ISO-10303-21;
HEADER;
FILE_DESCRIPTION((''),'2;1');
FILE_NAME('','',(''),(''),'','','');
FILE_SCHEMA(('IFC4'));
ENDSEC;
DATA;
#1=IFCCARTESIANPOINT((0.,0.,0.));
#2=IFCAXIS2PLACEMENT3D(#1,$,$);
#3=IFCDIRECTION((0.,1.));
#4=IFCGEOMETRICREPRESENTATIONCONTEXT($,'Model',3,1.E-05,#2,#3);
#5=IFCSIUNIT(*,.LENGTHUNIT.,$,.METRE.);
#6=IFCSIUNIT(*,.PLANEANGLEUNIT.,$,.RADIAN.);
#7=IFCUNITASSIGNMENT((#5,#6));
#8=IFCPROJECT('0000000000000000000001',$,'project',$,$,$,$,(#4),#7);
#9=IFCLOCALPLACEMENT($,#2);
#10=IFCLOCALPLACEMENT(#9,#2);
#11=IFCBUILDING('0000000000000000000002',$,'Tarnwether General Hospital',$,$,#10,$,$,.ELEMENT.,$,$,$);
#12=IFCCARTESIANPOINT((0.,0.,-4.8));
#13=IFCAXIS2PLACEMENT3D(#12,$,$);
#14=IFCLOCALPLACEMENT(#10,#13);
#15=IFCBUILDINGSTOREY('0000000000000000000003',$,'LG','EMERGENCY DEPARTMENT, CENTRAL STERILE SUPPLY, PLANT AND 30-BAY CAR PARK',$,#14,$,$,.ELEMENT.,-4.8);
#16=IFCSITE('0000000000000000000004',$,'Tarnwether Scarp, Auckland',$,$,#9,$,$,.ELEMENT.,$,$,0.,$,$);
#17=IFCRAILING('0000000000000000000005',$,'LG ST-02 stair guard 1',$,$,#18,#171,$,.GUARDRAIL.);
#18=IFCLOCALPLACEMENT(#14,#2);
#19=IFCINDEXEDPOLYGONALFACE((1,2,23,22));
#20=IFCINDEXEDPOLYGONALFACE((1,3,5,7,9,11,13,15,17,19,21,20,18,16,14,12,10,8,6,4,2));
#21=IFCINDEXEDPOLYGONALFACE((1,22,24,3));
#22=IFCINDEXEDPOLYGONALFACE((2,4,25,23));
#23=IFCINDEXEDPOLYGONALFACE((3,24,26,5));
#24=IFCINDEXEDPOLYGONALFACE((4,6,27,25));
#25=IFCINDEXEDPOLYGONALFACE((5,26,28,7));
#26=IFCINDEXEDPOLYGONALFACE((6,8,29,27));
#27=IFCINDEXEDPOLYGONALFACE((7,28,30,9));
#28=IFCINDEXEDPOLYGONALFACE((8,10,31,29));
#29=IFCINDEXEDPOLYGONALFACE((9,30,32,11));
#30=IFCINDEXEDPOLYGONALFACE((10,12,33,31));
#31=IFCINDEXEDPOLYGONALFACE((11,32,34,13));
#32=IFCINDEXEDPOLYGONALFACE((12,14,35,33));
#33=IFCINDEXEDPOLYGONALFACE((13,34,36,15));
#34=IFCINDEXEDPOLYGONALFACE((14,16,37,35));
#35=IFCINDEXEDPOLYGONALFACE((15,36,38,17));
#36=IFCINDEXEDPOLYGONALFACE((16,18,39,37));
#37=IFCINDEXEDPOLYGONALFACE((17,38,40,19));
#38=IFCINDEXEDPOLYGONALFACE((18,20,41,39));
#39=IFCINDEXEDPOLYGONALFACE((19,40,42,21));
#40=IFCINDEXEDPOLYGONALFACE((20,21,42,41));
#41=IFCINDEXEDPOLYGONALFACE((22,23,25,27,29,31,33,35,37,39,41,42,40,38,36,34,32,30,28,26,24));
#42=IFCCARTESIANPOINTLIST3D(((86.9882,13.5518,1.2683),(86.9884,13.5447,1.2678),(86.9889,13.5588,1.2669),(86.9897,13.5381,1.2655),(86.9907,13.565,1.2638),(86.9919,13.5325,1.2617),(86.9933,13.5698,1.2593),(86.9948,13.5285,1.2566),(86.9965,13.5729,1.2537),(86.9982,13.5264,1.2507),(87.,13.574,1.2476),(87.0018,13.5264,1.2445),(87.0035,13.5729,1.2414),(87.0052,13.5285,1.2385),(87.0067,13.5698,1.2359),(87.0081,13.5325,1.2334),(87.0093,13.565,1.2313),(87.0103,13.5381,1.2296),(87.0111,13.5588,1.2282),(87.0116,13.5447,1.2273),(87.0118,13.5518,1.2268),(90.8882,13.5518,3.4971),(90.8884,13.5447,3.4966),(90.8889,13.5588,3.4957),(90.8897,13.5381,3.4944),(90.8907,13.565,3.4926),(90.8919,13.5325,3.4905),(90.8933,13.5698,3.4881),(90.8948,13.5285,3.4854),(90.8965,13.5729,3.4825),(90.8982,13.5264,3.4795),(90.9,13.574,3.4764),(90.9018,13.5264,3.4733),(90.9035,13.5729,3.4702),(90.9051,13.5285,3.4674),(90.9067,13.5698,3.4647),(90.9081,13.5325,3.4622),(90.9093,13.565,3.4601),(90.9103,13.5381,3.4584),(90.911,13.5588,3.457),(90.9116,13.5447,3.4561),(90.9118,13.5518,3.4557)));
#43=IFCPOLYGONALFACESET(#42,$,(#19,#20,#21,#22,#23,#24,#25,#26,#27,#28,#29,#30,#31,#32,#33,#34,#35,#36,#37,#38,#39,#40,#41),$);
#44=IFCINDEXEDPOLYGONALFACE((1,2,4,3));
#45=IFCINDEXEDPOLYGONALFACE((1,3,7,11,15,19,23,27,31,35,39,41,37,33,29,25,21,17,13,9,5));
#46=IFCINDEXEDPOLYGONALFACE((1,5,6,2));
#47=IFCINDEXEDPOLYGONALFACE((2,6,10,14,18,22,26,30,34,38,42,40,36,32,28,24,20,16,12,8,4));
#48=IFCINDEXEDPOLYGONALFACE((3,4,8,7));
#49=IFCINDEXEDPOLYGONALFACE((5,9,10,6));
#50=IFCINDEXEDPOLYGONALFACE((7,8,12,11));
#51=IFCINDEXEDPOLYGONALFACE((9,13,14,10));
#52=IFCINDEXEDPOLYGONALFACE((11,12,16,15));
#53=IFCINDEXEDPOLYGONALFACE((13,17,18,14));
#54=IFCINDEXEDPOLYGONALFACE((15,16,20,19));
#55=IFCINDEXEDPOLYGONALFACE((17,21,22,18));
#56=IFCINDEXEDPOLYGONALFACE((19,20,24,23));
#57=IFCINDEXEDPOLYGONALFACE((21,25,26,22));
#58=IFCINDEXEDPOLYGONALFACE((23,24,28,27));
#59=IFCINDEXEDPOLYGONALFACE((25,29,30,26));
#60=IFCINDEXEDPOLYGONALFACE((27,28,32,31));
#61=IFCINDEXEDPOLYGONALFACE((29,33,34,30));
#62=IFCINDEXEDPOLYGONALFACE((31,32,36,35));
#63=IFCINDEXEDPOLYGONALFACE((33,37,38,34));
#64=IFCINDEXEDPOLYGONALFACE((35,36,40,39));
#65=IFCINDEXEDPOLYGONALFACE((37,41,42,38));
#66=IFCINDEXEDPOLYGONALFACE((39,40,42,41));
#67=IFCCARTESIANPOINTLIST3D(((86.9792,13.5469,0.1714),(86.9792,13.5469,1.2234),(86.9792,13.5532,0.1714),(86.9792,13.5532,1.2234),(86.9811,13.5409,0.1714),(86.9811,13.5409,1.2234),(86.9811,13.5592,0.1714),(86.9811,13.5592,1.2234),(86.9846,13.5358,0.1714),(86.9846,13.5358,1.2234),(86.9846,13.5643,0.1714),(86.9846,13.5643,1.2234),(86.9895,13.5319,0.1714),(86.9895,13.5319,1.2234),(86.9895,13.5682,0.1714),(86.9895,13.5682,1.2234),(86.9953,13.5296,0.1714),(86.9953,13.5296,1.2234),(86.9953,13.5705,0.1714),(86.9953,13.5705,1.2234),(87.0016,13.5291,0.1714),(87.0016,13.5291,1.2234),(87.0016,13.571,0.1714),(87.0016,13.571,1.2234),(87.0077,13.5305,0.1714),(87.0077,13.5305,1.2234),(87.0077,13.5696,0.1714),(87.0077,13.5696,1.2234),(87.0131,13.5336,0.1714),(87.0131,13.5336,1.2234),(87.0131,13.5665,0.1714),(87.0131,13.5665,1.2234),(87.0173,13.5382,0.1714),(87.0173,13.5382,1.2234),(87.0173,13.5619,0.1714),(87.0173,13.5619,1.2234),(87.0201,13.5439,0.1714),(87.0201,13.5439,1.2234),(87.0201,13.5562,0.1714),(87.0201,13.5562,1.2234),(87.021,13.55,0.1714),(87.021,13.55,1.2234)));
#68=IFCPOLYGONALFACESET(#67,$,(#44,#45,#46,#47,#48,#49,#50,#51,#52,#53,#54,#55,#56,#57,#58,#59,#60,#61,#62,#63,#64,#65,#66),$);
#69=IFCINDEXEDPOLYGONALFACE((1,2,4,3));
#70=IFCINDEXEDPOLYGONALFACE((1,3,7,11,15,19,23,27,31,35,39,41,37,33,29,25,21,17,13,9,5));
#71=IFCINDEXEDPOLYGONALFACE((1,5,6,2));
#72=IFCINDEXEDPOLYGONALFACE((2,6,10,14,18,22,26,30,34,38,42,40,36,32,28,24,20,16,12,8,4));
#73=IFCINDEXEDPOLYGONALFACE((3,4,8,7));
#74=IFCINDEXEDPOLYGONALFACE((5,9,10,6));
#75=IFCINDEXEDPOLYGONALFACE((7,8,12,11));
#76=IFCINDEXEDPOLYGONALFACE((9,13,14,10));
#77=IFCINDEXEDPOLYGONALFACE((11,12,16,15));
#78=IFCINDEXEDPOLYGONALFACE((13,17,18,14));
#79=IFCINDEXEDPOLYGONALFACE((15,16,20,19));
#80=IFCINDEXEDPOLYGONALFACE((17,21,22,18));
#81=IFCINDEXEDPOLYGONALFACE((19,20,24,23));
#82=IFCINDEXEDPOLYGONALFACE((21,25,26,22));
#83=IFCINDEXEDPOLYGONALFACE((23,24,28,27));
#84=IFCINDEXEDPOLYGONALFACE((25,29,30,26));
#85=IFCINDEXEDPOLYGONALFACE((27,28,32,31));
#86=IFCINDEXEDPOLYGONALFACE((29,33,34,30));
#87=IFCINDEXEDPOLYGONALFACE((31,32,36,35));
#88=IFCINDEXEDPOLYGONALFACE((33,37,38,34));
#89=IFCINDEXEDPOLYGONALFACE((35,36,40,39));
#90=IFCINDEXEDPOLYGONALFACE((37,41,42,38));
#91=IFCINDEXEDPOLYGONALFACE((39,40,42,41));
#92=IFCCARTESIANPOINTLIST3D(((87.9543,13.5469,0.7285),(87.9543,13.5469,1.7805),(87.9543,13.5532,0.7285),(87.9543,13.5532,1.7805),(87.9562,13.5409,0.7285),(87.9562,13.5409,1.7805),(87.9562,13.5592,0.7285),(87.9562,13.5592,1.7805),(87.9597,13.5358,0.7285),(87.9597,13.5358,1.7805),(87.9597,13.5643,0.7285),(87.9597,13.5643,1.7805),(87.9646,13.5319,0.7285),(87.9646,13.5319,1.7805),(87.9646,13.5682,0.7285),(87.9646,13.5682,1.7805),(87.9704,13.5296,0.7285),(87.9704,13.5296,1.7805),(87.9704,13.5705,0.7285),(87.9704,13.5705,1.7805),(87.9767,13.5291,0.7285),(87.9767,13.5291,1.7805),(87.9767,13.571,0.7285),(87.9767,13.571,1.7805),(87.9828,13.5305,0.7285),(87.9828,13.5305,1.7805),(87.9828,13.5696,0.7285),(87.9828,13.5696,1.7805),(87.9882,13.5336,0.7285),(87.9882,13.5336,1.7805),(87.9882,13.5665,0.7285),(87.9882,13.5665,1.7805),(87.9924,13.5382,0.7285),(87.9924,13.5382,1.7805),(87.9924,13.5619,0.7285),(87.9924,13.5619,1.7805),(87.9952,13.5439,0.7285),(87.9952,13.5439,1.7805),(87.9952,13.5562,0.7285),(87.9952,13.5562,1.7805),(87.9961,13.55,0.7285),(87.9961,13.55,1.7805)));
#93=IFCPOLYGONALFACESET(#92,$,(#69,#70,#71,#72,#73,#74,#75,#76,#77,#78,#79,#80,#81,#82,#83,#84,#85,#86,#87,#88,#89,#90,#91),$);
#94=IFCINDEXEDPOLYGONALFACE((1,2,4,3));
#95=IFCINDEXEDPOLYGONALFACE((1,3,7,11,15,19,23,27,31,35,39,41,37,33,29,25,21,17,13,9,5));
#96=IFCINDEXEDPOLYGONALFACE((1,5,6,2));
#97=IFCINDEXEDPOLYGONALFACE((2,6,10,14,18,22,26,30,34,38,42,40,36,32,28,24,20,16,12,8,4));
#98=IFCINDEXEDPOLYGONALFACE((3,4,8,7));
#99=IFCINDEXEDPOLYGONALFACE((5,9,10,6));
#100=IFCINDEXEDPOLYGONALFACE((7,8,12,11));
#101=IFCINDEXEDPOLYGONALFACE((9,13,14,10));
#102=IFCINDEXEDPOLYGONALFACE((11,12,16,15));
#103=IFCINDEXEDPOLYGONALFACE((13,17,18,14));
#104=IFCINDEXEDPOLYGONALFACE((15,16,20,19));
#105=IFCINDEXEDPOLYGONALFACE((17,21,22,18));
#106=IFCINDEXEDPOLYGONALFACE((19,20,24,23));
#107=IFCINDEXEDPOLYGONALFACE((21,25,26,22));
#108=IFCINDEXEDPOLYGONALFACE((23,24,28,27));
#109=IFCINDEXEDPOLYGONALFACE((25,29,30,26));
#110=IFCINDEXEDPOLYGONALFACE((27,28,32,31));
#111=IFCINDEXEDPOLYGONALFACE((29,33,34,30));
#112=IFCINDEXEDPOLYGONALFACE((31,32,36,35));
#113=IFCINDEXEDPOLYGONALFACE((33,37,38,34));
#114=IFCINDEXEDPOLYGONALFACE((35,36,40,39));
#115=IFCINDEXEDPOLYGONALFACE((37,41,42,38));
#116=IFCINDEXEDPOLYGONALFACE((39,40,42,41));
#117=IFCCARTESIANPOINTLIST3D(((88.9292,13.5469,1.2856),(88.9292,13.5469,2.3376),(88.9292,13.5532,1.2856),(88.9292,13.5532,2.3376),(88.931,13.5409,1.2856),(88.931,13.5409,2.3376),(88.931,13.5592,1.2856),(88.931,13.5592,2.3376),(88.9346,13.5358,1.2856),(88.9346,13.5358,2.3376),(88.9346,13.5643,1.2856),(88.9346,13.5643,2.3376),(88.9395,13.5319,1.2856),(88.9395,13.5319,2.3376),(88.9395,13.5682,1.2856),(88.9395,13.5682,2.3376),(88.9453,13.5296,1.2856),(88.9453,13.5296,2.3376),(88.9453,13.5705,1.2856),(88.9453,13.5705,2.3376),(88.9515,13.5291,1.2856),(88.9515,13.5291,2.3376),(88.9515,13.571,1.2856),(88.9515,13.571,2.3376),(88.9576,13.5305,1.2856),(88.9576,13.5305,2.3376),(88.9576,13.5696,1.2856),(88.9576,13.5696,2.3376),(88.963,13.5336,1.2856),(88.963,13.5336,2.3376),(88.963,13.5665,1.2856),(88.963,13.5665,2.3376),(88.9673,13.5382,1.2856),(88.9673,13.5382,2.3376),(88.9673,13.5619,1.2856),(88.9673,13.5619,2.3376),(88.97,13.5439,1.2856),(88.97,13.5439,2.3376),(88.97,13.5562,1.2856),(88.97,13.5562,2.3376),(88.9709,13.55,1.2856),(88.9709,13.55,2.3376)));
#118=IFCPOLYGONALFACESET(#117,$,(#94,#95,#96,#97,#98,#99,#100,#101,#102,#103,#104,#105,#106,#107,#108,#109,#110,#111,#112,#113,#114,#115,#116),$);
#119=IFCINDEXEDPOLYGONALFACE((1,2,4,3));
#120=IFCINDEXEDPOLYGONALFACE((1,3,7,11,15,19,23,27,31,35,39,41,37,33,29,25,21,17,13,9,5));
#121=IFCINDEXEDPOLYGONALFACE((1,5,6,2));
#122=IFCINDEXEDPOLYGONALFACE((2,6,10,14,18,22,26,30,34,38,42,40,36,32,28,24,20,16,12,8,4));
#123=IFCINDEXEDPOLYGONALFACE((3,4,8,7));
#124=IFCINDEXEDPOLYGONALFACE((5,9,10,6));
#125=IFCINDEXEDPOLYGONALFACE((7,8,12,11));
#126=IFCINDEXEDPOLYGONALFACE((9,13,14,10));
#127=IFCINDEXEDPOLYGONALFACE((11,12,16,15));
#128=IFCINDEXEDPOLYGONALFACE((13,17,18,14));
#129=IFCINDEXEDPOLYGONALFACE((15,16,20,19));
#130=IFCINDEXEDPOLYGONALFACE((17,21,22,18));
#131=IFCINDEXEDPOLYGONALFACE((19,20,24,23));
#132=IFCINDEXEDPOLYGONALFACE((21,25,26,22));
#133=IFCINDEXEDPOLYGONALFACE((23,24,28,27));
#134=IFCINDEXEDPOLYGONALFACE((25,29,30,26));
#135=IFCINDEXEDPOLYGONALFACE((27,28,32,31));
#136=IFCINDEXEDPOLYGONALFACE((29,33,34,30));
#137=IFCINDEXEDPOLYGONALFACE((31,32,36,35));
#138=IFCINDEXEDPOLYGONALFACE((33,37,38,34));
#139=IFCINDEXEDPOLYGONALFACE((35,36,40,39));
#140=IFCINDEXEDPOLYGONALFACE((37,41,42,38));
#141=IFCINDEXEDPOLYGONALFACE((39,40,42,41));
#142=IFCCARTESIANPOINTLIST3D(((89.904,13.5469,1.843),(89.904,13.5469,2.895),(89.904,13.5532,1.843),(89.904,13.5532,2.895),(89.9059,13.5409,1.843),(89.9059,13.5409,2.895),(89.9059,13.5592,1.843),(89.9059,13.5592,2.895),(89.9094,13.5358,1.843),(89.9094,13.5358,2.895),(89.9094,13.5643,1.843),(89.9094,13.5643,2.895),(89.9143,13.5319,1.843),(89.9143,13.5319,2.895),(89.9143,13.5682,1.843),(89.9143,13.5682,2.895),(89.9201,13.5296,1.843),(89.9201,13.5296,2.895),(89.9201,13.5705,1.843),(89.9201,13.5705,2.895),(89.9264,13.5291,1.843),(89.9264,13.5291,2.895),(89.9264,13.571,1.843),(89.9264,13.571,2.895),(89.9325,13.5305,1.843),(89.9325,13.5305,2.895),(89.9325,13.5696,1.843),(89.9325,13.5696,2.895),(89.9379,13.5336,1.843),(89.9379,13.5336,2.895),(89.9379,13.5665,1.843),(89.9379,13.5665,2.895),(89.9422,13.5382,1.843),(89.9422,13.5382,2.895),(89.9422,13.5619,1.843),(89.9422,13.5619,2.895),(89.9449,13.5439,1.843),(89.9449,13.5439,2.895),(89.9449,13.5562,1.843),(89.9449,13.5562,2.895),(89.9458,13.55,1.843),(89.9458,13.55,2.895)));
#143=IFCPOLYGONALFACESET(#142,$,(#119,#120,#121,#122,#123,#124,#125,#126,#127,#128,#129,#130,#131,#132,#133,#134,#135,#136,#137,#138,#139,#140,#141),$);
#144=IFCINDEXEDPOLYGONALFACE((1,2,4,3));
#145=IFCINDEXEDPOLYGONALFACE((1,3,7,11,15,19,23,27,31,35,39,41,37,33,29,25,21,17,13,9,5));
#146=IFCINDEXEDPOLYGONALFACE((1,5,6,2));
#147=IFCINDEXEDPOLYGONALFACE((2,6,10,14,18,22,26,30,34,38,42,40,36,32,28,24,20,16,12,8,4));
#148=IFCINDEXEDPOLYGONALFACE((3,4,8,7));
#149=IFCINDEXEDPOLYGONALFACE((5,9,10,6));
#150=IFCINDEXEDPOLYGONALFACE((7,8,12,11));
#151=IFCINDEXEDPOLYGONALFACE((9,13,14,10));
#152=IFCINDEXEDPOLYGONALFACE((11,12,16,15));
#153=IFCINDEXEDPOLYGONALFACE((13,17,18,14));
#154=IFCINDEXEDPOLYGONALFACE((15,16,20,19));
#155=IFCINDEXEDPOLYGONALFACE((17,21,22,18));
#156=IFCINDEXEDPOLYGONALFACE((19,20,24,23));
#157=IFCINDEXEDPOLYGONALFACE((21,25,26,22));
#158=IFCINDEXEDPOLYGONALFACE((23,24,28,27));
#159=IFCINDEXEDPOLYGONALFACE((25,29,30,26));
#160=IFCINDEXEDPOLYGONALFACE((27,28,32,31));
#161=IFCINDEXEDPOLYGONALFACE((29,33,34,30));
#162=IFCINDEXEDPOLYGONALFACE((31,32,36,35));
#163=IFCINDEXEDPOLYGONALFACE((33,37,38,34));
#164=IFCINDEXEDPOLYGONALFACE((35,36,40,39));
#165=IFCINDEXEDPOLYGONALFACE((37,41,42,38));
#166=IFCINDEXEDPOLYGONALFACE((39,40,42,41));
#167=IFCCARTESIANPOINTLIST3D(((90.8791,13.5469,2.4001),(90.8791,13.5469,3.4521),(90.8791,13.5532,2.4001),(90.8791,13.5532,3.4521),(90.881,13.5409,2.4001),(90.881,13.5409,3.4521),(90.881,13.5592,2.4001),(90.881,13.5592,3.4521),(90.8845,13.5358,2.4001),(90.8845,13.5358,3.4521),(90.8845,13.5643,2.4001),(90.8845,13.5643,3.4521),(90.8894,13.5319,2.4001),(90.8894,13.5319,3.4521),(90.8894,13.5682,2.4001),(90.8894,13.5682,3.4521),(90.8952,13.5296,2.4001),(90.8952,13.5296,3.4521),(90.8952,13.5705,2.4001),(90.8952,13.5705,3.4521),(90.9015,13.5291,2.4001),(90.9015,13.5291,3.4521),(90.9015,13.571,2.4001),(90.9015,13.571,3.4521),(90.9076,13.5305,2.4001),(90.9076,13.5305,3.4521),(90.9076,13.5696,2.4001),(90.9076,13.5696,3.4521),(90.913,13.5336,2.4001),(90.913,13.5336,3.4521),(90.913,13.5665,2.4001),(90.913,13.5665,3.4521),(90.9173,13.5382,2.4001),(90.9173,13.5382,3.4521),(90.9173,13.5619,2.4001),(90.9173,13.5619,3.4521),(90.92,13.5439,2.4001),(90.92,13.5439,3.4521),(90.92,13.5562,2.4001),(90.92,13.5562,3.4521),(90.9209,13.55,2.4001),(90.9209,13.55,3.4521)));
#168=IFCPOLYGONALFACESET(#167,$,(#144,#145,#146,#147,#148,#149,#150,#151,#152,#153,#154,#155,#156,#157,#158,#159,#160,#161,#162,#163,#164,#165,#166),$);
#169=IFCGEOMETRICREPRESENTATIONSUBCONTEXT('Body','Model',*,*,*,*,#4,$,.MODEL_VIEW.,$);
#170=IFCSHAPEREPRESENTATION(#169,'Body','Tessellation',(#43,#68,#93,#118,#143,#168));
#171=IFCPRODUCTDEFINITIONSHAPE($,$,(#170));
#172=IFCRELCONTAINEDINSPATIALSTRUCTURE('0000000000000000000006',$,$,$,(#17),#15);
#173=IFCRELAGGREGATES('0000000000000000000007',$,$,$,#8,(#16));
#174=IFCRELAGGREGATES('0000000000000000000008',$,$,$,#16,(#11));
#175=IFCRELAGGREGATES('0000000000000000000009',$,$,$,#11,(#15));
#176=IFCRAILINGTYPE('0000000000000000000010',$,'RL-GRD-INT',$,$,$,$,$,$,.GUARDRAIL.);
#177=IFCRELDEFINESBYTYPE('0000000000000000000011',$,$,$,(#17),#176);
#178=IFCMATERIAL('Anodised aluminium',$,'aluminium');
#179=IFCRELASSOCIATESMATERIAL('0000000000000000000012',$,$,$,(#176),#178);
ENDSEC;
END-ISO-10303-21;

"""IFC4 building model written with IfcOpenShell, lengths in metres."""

from ifc_helpers import new_model, si_unit, direction, frame, origin, origin_2d, place, context, subcontext, project, spatial, circle, extrude, material, type_object, element, save


model = new_model("IFC4")

# Units and contexts
model_context = context("Model", 3, precision=1e-05, world=origin(), true_north=direction((0.0, 1.0)))
body_context = subcontext(model_context, "Body", "Model", "MODEL_VIEW")
ifc_project = project(units=[si_unit("LENGTHUNIT", "METRE"), si_unit("PLANEANGLEUNIT", "RADIAN")], contexts=[model_context])

# Site, building, storey
site_placement = place(None, origin())
site = spatial("IfcSite", under=ifc_project, at=site_placement, Name="Tarnwether Scarp, Auckland", CompositionType="ELEMENT", RefElevation=0.0)
building_placement = place(site_placement, origin())
building = spatial("IfcBuilding", under=site, at=building_placement, Name="Tarnwether General Hospital", CompositionType="ELEMENT")
storey_placement = place(building_placement, frame((0.0, 0.0, -4.8)))
storey = spatial("IfcBuildingStorey", under=building, at=storey_placement, Name="LG", Description="EMERGENCY DEPARTMENT, CENTRAL STERILE SUPPLY, PLANT AND 30-BAY CAR PARK", CompositionType="ELEMENT", Elevation=-4.8)

# Railing
ifc_material_1 = material(Name="Anodised aluminium", Category="aluminium")
railing_type_1 = type_object("IfcRailingType", Name="RL-GRD-INT", PredefinedType="GUARDRAIL", material=ifc_material_1)
railing_1_placement = place(storey_placement, frame((87.0, 13.55, 0.1714)))
element("IfcRailing", 1, at=railing_1_placement, inside=storey, type_object=railing_type_1, Name="LG ST-02 stair guard 1", PredefinedType="GUARDRAIL", context=body_context, shape_type="SweptSolid", body=[
    extrude(circle(Radius=0.0239, at=origin_2d()), frame((0.0, 0.0, 1.0762), z_axis=(0.86822, 0.0, 0.49618), x_axis=(0.0, 1.0, 0.0)), (0.0, 0.0, 1.0), 4.4919),
    extrude(circle(Radius=0.021, at=origin_2d()), origin(), (0.0, 0.0, 1.0), 1.052),
    extrude(circle(Radius=0.021, at=origin_2d()), frame((0.9751, 0.0, 0.5571)), (0.0, 0.0, 1.0), 1.052),
    extrude(circle(Radius=0.021, at=origin_2d()), frame((1.95, 0.0, 1.1143)), (0.0, 0.0, 1.0), 1.052),
    extrude(circle(Radius=0.021, at=origin_2d()), frame((2.9248, 0.0, 1.6716)), (0.0, 0.0, 1.0), 1.052),
    extrude(circle(Radius=0.021, at=origin_2d()), frame((3.8999, 0.0, 2.2288)), (0.0, 0.0, 1.0), 1.052),
])

save(model, "model.ifc")
